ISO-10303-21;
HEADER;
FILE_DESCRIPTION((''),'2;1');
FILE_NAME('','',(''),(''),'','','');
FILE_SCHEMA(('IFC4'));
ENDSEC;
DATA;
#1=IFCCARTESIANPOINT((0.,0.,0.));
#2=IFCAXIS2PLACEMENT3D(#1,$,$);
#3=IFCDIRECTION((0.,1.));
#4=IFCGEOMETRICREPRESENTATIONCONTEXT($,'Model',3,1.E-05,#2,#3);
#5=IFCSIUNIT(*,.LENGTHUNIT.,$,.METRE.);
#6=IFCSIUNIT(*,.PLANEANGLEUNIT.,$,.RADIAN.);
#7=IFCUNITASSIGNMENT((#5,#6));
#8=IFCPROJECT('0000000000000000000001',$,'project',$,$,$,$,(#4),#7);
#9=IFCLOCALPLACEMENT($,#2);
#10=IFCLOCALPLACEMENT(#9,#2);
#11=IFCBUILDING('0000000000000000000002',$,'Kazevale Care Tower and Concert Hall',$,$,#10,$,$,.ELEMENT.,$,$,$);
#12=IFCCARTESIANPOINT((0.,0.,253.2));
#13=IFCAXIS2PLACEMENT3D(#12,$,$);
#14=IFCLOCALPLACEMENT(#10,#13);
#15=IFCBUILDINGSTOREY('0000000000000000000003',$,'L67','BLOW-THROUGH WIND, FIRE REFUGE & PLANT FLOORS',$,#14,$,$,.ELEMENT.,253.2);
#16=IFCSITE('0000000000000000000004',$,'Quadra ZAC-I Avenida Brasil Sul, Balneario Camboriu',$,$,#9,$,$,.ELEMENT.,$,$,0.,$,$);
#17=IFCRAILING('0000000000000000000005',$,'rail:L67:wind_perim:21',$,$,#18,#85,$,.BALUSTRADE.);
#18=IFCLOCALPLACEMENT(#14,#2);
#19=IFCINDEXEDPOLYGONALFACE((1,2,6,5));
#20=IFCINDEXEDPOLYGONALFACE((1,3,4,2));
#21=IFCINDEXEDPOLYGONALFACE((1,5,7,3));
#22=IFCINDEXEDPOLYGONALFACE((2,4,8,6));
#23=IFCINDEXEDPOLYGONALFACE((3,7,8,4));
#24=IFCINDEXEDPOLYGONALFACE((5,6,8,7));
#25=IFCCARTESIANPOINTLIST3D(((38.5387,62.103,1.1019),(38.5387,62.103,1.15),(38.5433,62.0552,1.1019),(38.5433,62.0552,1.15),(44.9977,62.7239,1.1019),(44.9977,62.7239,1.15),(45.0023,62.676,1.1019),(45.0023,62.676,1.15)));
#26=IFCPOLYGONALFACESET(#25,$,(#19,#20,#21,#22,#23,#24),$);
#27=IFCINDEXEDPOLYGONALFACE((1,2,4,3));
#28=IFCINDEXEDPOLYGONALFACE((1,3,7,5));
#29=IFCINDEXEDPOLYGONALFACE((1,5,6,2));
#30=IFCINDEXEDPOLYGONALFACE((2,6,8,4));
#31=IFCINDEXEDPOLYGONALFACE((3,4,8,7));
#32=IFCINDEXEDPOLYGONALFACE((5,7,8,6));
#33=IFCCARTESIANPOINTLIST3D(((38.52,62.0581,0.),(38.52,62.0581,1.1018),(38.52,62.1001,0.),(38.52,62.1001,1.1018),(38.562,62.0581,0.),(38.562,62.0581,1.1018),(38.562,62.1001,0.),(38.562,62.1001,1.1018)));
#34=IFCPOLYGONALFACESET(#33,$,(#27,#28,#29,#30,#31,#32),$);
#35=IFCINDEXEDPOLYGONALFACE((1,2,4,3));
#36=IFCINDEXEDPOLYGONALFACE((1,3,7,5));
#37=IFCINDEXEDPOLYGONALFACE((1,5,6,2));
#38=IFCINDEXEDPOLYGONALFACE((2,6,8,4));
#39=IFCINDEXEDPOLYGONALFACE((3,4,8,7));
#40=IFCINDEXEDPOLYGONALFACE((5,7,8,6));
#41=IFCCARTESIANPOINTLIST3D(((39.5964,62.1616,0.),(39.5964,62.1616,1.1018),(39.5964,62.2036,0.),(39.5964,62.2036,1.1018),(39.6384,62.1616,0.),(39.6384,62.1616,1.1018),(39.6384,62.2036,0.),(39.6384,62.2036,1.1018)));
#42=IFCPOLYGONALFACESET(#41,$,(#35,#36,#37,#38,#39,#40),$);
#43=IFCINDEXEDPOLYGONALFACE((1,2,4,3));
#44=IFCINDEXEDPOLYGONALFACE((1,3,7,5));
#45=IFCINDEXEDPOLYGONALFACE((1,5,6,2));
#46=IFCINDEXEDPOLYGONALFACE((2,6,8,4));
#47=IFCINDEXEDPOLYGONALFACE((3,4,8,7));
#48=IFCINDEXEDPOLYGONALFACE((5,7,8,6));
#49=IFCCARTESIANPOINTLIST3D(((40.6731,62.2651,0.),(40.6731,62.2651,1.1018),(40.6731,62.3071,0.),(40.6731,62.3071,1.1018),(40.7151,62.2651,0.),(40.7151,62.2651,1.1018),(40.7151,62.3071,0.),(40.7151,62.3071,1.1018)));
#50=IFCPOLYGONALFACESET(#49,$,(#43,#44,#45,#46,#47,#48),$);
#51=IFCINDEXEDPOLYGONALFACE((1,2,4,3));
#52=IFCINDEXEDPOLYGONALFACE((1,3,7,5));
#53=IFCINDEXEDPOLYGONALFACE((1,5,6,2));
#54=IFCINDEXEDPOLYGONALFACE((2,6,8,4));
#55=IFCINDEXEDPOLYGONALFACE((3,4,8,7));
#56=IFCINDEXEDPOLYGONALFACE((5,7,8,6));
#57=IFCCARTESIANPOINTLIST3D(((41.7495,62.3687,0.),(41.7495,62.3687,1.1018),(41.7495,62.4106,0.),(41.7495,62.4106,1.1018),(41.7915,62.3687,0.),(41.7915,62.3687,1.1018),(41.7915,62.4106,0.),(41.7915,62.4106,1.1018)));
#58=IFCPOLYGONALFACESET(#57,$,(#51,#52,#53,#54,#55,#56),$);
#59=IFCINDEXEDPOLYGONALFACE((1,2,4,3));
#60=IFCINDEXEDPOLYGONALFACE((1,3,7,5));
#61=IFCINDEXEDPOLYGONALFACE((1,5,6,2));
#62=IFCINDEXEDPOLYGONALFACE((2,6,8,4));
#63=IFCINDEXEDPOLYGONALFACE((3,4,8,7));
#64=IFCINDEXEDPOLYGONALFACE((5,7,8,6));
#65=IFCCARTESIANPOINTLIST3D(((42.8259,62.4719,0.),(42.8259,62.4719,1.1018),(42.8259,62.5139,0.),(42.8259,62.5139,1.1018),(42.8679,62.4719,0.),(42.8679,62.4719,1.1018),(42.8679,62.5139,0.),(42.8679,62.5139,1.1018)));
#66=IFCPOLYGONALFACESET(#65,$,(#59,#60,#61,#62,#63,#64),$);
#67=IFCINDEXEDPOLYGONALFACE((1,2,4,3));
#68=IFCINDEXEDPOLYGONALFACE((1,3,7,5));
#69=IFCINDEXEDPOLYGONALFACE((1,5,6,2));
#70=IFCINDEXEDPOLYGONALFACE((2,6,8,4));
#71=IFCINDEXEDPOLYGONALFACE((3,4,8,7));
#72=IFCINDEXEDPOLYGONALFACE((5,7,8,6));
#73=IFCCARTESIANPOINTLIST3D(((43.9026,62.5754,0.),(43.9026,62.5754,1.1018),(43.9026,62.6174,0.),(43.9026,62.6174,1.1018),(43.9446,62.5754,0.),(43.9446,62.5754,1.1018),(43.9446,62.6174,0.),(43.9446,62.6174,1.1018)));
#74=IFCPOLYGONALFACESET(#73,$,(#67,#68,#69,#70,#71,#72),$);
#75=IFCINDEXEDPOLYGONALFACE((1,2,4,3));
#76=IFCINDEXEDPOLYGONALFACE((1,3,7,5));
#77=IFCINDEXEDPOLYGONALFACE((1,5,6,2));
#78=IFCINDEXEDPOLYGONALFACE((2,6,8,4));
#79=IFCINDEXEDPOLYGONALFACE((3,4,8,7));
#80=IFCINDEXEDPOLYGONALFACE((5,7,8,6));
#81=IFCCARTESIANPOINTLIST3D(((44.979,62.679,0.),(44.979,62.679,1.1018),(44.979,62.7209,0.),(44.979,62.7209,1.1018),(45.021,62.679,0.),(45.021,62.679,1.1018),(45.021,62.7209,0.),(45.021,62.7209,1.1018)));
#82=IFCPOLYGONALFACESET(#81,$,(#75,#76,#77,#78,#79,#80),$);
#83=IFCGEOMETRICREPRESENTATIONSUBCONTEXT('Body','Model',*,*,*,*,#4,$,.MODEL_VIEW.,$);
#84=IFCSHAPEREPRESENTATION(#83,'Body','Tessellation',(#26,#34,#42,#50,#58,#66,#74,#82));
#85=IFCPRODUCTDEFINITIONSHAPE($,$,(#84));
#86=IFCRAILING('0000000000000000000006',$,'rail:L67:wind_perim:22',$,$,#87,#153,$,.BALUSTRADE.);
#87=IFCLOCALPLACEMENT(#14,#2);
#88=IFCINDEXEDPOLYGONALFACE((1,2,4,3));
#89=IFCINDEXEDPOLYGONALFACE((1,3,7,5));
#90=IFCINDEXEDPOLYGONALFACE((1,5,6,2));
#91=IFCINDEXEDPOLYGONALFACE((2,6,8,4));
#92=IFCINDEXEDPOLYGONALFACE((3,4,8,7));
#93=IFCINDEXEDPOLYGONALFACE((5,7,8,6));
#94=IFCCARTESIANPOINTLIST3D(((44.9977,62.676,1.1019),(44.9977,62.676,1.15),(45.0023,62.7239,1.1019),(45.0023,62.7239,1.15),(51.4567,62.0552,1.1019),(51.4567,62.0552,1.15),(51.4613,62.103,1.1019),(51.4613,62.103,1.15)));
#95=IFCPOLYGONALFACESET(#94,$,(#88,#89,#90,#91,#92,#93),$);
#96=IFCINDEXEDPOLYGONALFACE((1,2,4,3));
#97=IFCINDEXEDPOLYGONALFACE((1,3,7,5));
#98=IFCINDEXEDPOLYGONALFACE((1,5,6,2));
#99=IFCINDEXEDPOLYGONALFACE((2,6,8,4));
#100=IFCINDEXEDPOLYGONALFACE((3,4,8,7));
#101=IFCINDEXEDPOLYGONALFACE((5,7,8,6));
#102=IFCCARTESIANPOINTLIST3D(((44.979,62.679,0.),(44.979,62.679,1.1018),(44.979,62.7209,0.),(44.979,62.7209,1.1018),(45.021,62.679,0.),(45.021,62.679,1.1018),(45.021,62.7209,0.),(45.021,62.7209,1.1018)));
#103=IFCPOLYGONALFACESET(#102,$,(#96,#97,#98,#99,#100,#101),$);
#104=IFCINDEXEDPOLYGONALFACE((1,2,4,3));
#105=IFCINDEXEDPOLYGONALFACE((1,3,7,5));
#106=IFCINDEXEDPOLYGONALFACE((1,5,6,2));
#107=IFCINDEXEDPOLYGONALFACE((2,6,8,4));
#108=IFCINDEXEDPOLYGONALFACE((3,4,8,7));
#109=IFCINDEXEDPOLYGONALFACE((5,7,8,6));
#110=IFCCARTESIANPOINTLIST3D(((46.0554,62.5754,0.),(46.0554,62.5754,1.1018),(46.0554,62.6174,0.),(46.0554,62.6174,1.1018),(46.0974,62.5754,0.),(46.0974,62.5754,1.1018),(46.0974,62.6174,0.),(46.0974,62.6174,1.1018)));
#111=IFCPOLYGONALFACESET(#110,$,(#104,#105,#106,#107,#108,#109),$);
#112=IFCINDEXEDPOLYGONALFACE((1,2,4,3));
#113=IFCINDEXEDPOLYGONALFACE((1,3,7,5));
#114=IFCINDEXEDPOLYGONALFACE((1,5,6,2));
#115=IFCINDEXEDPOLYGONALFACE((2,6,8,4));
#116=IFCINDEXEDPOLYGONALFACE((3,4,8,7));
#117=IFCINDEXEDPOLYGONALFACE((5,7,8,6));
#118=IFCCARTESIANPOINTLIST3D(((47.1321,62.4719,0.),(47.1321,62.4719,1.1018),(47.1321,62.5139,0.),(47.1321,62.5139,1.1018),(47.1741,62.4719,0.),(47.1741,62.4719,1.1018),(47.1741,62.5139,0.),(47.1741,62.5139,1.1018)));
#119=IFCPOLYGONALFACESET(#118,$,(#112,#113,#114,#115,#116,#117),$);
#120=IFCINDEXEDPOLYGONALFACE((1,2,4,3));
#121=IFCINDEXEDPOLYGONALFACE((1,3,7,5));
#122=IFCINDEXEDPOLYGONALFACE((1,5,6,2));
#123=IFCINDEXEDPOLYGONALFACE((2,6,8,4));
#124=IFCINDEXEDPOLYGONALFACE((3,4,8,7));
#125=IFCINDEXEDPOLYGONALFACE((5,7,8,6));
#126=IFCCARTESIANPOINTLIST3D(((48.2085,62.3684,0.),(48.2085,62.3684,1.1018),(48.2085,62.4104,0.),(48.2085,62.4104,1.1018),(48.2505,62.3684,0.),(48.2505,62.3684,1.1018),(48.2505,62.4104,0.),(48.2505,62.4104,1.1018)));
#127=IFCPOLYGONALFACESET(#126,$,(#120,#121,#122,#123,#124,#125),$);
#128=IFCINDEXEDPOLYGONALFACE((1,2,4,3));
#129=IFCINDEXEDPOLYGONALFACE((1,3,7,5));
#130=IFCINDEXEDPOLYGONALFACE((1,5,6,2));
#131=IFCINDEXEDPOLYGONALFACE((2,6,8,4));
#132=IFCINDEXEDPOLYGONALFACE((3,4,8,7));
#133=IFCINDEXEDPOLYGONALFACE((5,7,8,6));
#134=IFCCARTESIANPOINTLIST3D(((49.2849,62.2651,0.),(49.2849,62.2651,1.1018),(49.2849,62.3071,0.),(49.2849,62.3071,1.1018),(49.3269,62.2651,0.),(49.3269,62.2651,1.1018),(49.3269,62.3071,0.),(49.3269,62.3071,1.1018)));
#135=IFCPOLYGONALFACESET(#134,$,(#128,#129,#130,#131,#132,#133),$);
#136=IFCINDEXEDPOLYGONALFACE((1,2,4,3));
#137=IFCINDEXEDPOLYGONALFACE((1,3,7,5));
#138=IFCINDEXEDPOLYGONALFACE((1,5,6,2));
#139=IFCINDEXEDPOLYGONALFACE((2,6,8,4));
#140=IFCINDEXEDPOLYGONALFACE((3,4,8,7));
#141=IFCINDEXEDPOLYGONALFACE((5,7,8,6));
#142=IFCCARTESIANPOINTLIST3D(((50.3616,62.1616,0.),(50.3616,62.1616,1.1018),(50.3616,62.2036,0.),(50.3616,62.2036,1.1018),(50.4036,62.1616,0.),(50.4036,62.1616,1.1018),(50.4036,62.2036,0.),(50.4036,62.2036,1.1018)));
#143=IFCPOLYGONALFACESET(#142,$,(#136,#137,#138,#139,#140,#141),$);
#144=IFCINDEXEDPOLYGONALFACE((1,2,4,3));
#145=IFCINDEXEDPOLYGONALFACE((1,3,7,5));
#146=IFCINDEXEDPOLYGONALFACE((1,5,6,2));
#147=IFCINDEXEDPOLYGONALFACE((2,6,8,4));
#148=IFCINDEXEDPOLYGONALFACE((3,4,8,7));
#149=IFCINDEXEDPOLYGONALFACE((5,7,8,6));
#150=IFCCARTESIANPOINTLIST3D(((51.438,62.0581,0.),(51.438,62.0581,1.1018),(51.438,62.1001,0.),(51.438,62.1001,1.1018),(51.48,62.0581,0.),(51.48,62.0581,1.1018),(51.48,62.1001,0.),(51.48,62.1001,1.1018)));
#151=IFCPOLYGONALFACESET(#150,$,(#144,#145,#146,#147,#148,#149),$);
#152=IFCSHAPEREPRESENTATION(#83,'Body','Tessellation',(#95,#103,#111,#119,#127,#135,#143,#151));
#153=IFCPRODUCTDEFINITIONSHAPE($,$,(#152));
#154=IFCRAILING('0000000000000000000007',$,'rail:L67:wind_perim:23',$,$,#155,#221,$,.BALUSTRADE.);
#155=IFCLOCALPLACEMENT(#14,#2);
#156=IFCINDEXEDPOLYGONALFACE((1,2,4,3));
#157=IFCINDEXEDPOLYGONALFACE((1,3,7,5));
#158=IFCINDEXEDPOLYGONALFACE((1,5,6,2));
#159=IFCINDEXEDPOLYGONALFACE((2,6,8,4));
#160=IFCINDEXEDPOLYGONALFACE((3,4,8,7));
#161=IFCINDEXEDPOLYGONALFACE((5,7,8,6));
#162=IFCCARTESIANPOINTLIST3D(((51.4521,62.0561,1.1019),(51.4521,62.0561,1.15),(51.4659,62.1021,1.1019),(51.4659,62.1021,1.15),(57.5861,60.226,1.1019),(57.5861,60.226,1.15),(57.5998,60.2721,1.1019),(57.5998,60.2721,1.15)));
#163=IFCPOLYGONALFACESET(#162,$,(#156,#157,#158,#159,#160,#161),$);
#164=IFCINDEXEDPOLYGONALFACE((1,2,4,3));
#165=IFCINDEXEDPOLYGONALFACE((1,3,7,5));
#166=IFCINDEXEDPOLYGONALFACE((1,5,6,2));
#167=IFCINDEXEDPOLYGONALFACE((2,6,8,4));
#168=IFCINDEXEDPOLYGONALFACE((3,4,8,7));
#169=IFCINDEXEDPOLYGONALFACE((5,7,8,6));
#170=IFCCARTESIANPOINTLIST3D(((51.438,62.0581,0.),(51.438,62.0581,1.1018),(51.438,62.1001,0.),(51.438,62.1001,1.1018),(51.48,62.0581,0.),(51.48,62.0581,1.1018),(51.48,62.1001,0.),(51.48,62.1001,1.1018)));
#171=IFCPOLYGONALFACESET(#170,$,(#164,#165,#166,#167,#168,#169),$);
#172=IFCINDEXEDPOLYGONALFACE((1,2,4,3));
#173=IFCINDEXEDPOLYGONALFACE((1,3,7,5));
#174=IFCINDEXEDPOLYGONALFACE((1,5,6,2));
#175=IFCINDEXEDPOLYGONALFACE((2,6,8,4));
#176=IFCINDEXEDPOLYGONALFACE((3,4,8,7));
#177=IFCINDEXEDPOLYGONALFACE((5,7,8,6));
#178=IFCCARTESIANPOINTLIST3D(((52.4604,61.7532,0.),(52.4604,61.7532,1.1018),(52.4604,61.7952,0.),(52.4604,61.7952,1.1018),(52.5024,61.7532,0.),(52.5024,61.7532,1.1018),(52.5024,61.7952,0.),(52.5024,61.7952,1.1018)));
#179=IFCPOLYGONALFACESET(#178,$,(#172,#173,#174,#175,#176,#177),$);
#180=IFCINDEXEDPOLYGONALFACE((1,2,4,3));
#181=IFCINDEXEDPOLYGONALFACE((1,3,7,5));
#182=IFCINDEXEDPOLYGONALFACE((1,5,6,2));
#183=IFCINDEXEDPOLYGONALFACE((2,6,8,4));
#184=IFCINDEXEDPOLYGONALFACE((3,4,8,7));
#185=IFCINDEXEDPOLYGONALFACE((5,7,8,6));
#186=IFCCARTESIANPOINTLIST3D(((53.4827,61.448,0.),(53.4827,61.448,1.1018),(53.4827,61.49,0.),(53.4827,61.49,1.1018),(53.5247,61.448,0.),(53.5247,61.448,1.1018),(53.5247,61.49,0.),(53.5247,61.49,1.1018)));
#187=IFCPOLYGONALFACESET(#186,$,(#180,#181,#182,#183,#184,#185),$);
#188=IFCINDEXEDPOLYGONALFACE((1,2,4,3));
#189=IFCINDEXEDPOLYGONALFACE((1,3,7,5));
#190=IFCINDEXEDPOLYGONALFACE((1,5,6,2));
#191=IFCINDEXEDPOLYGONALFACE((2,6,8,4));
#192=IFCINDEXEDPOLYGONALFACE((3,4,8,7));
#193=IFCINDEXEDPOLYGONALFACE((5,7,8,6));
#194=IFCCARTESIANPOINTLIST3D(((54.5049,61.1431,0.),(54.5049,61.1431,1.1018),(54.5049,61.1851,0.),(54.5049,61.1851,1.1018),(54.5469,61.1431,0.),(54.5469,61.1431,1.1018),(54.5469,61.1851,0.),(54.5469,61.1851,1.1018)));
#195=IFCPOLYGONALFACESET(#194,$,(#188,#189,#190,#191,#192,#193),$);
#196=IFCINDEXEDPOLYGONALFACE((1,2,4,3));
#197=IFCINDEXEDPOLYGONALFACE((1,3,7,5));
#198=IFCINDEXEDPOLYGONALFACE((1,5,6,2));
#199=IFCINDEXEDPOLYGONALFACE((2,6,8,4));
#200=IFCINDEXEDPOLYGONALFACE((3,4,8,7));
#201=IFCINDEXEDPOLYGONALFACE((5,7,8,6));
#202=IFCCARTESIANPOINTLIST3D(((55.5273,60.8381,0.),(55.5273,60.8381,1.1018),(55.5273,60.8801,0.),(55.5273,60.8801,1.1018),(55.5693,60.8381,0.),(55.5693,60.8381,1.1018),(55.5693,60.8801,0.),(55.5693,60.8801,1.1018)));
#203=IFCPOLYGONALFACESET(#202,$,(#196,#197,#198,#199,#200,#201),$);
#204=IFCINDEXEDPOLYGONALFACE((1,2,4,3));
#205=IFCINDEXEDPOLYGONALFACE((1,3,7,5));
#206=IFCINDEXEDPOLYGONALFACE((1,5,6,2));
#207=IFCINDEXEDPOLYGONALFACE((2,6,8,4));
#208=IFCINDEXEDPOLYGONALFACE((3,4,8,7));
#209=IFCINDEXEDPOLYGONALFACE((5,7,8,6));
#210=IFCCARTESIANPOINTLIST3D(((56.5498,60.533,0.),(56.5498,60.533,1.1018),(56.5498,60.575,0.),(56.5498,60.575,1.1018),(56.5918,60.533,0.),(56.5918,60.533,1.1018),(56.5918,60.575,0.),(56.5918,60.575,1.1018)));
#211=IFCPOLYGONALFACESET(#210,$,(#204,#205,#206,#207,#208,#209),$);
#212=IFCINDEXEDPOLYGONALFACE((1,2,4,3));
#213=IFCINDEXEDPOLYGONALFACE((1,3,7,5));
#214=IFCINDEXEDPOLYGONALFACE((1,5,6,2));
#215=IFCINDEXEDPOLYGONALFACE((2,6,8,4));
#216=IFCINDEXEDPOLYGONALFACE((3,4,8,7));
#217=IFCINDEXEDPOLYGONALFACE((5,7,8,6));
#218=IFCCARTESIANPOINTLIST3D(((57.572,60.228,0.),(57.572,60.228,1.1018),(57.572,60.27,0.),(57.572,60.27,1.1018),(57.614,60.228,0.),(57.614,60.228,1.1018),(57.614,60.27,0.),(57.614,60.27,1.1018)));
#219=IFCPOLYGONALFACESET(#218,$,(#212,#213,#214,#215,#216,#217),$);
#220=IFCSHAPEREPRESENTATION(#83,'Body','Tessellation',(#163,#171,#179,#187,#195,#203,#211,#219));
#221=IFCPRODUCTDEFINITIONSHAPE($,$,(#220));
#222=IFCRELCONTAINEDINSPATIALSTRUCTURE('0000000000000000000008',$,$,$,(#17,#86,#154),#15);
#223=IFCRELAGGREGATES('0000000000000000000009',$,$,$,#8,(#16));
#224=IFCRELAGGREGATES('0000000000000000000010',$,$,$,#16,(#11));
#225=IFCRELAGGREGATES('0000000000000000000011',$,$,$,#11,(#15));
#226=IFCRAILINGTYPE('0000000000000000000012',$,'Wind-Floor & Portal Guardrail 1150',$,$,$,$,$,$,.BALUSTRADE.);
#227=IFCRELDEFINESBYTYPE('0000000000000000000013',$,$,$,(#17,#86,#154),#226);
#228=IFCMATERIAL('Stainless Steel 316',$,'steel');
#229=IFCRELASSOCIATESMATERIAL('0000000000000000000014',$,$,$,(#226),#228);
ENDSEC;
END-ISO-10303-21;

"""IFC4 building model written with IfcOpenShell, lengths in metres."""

from ifc_helpers import new_model, si_unit, direction, frame, origin, origin_2d, place, context, subcontext, project, spatial, rectangle, extrude, material, type_object, element, save


model = new_model("IFC4")

# Units and contexts
model_context = context("Model", 3, precision=1e-05, world=origin(), true_north=direction((0.0, 1.0)))
body_context = subcontext(model_context, "Body", "Model", "MODEL_VIEW")
ifc_project = project(units=[si_unit("LENGTHUNIT", "METRE"), si_unit("PLANEANGLEUNIT", "RADIAN")], contexts=[model_context])

# Site, building, storey
site_placement = place(None, origin())
site = spatial("IfcSite", under=ifc_project, at=site_placement, Name="Quadra ZAC-I Avenida Brasil Sul, Balneario Camboriu", CompositionType="ELEMENT", RefElevation=0.0)
building_placement = place(site_placement, origin())
building = spatial("IfcBuilding", under=site, at=building_placement, Name="Kazevale Care Tower and Concert Hall", CompositionType="ELEMENT")
storey_placement = place(building_placement, frame((0.0, 0.0, 253.2)))
storey = spatial("IfcBuildingStorey", under=building, at=storey_placement, Name="L67", Description="BLOW-THROUGH WIND, FIRE REFUGE & PLANT FLOORS", CompositionType="ELEMENT", Elevation=253.2)

# Railings
ifc_material_1 = material(Name="Stainless Steel 316", Category="steel")
railing_type = type_object("IfcRailingType", Name="Wind-Floor & Portal Guardrail 1150", PredefinedType="BALUSTRADE", material=ifc_material_1)
railing_1_placement = place(storey_placement, frame((38.541, 62.0791, 0.0)))
element("IfcRailing", 1, at=railing_1_placement, inside=storey, type_object=railing_type, Name="rail:L67:wind_perim:21", PredefinedType="BALUSTRADE", context=body_context, shape_type="SweptSolid", body=[
    extrude(rectangle(XDim=0.0481, YDim=0.0481, at=origin_2d()), frame((0.0, 0.0, 1.126), z_axis=(0.995412, 0.095681, 0.0), x_axis=(-0.095681, 0.995412, 0.0)), (0.0, 0.0, 1.0), 6.4888),
    extrude(rectangle(XDim=0.042, YDim=0.042, at=origin_2d()), origin(), (0.0, 0.0, 1.0), 1.1018),
    extrude(rectangle(XDim=0.042, YDim=0.042, at=origin_2d()), frame((1.0764, 0.1035, 0.0)), (0.0, 0.0, 1.0), 1.1018),
    extrude(rectangle(XDim=0.042, YDim=0.042, at=origin_2d()), frame((2.1531, 0.207, 0.0)), (0.0, 0.0, 1.0), 1.1018),
    extrude(rectangle(XDim=0.042, YDim=0.042, at=origin_2d()), frame((3.2295, 0.3105, 0.0)), (0.0, 0.0, 1.0), 1.1018),
    extrude(rectangle(XDim=0.042, YDim=0.042, at=origin_2d()), frame((4.3059, 0.4138, 0.0)), (0.0, 0.0, 1.0), 1.1018),
    extrude(rectangle(XDim=0.042, YDim=0.042, at=origin_2d()), frame((5.3826, 0.5173, 0.0)), (0.0, 0.0, 1.0), 1.1018),
    extrude(rectangle(XDim=0.042, YDim=0.042, at=origin_2d()), frame((6.459, 0.6208, 0.0)), (0.0, 0.0, 1.0), 1.1018),
])
railing_2_placement = place(storey_placement, frame((45.0, 62.7, 0.0)))
element("IfcRailing", 2, at=railing_2_placement, inside=storey, type_object=railing_type, Name="rail:L67:wind_perim:22", PredefinedType="BALUSTRADE", context=body_context, shape_type="SweptSolid", body=[
    extrude(rectangle(XDim=0.0481, YDim=0.0481, at=origin_2d()), frame((0.0, 0.0, 1.126), z_axis=(0.995412, -0.095681, 0.0), x_axis=(0.095681, 0.995412, 0.0)), (0.0, 0.0, 1.0), 6.4888),
    extrude(rectangle(XDim=0.042, YDim=0.042, at=origin_2d()), origin(), (0.0, 0.0, 1.0), 1.1018),
    extrude(rectangle(XDim=0.042, YDim=0.042, at=origin_2d()), frame((1.0764, -0.1035, 0.0)), (0.0, 0.0, 1.0), 1.1018),
    extrude(rectangle(XDim=0.042, YDim=0.042, at=origin_2d()), frame((2.1531, -0.207, 0.0)), (0.0, 0.0, 1.0), 1.1018),
    extrude(rectangle(XDim=0.042, YDim=0.042, at=origin_2d()), frame((3.2295, -0.3105, 0.0)), (0.0, 0.0, 1.0), 1.1018),
    extrude(rectangle(XDim=0.042, YDim=0.042, at=origin_2d()), frame((4.3059, -0.4138, 0.0)), (0.0, 0.0, 1.0), 1.1018),
    extrude(rectangle(XDim=0.042, YDim=0.042, at=origin_2d()), frame((5.3826, -0.5173, 0.0)), (0.0, 0.0, 1.0), 1.1018),
    extrude(rectangle(XDim=0.042, YDim=0.042, at=origin_2d()), frame((6.459, -0.6208, 0.0)), (0.0, 0.0, 1.0), 1.1018),
])
railing_3_placement = place(storey_placement, frame((51.459, 62.0791, 0.0)))
element("IfcRailing", 3, at=railing_3_placement, inside=storey, type_object=railing_type, Name="rail:L67:wind_perim:23", PredefinedType="BALUSTRADE", context=body_context, shape_type="SweptSolid", body=[
    extrude(rectangle(XDim=0.0481, YDim=0.0481, at=origin_2d()), frame((0.0, 0.0, 1.126), z_axis=(0.958261, -0.285895, 0.0), x_axis=(0.285895, 0.958261, 0.0)), (0.0, 0.0, 1.0), 6.4011),
    extrude(rectangle(XDim=0.042, YDim=0.042, at=origin_2d()), origin(), (0.0, 0.0, 1.0), 1.1018),
    extrude(rectangle(XDim=0.042, YDim=0.042, at=origin_2d()), frame((1.0225, -0.3049, 0.0)), (0.0, 0.0, 1.0), 1.1018),
    extrude(rectangle(XDim=0.042, YDim=0.042, at=origin_2d()), frame((2.0447, -0.6101, 0.0)), (0.0, 0.0, 1.0), 1.1018),
    extrude(rectangle(XDim=0.042, YDim=0.042, at=origin_2d()), frame((3.0669, -0.915, 0.0)), (0.0, 0.0, 1.0), 1.1018),
    extrude(rectangle(XDim=0.042, YDim=0.042, at=origin_2d()), frame((4.0894, -1.22, 0.0)), (0.0, 0.0, 1.0), 1.1018),
    extrude(rectangle(XDim=0.042, YDim=0.042, at=origin_2d()), frame((5.1118, -1.5251, 0.0)), (0.0, 0.0, 1.0), 1.1018),
    extrude(rectangle(XDim=0.042, YDim=0.042, at=origin_2d()), frame((6.134, -1.8301, 0.0)), (0.0, 0.0, 1.0), 1.1018),
])

save(model, "model.ifc")
